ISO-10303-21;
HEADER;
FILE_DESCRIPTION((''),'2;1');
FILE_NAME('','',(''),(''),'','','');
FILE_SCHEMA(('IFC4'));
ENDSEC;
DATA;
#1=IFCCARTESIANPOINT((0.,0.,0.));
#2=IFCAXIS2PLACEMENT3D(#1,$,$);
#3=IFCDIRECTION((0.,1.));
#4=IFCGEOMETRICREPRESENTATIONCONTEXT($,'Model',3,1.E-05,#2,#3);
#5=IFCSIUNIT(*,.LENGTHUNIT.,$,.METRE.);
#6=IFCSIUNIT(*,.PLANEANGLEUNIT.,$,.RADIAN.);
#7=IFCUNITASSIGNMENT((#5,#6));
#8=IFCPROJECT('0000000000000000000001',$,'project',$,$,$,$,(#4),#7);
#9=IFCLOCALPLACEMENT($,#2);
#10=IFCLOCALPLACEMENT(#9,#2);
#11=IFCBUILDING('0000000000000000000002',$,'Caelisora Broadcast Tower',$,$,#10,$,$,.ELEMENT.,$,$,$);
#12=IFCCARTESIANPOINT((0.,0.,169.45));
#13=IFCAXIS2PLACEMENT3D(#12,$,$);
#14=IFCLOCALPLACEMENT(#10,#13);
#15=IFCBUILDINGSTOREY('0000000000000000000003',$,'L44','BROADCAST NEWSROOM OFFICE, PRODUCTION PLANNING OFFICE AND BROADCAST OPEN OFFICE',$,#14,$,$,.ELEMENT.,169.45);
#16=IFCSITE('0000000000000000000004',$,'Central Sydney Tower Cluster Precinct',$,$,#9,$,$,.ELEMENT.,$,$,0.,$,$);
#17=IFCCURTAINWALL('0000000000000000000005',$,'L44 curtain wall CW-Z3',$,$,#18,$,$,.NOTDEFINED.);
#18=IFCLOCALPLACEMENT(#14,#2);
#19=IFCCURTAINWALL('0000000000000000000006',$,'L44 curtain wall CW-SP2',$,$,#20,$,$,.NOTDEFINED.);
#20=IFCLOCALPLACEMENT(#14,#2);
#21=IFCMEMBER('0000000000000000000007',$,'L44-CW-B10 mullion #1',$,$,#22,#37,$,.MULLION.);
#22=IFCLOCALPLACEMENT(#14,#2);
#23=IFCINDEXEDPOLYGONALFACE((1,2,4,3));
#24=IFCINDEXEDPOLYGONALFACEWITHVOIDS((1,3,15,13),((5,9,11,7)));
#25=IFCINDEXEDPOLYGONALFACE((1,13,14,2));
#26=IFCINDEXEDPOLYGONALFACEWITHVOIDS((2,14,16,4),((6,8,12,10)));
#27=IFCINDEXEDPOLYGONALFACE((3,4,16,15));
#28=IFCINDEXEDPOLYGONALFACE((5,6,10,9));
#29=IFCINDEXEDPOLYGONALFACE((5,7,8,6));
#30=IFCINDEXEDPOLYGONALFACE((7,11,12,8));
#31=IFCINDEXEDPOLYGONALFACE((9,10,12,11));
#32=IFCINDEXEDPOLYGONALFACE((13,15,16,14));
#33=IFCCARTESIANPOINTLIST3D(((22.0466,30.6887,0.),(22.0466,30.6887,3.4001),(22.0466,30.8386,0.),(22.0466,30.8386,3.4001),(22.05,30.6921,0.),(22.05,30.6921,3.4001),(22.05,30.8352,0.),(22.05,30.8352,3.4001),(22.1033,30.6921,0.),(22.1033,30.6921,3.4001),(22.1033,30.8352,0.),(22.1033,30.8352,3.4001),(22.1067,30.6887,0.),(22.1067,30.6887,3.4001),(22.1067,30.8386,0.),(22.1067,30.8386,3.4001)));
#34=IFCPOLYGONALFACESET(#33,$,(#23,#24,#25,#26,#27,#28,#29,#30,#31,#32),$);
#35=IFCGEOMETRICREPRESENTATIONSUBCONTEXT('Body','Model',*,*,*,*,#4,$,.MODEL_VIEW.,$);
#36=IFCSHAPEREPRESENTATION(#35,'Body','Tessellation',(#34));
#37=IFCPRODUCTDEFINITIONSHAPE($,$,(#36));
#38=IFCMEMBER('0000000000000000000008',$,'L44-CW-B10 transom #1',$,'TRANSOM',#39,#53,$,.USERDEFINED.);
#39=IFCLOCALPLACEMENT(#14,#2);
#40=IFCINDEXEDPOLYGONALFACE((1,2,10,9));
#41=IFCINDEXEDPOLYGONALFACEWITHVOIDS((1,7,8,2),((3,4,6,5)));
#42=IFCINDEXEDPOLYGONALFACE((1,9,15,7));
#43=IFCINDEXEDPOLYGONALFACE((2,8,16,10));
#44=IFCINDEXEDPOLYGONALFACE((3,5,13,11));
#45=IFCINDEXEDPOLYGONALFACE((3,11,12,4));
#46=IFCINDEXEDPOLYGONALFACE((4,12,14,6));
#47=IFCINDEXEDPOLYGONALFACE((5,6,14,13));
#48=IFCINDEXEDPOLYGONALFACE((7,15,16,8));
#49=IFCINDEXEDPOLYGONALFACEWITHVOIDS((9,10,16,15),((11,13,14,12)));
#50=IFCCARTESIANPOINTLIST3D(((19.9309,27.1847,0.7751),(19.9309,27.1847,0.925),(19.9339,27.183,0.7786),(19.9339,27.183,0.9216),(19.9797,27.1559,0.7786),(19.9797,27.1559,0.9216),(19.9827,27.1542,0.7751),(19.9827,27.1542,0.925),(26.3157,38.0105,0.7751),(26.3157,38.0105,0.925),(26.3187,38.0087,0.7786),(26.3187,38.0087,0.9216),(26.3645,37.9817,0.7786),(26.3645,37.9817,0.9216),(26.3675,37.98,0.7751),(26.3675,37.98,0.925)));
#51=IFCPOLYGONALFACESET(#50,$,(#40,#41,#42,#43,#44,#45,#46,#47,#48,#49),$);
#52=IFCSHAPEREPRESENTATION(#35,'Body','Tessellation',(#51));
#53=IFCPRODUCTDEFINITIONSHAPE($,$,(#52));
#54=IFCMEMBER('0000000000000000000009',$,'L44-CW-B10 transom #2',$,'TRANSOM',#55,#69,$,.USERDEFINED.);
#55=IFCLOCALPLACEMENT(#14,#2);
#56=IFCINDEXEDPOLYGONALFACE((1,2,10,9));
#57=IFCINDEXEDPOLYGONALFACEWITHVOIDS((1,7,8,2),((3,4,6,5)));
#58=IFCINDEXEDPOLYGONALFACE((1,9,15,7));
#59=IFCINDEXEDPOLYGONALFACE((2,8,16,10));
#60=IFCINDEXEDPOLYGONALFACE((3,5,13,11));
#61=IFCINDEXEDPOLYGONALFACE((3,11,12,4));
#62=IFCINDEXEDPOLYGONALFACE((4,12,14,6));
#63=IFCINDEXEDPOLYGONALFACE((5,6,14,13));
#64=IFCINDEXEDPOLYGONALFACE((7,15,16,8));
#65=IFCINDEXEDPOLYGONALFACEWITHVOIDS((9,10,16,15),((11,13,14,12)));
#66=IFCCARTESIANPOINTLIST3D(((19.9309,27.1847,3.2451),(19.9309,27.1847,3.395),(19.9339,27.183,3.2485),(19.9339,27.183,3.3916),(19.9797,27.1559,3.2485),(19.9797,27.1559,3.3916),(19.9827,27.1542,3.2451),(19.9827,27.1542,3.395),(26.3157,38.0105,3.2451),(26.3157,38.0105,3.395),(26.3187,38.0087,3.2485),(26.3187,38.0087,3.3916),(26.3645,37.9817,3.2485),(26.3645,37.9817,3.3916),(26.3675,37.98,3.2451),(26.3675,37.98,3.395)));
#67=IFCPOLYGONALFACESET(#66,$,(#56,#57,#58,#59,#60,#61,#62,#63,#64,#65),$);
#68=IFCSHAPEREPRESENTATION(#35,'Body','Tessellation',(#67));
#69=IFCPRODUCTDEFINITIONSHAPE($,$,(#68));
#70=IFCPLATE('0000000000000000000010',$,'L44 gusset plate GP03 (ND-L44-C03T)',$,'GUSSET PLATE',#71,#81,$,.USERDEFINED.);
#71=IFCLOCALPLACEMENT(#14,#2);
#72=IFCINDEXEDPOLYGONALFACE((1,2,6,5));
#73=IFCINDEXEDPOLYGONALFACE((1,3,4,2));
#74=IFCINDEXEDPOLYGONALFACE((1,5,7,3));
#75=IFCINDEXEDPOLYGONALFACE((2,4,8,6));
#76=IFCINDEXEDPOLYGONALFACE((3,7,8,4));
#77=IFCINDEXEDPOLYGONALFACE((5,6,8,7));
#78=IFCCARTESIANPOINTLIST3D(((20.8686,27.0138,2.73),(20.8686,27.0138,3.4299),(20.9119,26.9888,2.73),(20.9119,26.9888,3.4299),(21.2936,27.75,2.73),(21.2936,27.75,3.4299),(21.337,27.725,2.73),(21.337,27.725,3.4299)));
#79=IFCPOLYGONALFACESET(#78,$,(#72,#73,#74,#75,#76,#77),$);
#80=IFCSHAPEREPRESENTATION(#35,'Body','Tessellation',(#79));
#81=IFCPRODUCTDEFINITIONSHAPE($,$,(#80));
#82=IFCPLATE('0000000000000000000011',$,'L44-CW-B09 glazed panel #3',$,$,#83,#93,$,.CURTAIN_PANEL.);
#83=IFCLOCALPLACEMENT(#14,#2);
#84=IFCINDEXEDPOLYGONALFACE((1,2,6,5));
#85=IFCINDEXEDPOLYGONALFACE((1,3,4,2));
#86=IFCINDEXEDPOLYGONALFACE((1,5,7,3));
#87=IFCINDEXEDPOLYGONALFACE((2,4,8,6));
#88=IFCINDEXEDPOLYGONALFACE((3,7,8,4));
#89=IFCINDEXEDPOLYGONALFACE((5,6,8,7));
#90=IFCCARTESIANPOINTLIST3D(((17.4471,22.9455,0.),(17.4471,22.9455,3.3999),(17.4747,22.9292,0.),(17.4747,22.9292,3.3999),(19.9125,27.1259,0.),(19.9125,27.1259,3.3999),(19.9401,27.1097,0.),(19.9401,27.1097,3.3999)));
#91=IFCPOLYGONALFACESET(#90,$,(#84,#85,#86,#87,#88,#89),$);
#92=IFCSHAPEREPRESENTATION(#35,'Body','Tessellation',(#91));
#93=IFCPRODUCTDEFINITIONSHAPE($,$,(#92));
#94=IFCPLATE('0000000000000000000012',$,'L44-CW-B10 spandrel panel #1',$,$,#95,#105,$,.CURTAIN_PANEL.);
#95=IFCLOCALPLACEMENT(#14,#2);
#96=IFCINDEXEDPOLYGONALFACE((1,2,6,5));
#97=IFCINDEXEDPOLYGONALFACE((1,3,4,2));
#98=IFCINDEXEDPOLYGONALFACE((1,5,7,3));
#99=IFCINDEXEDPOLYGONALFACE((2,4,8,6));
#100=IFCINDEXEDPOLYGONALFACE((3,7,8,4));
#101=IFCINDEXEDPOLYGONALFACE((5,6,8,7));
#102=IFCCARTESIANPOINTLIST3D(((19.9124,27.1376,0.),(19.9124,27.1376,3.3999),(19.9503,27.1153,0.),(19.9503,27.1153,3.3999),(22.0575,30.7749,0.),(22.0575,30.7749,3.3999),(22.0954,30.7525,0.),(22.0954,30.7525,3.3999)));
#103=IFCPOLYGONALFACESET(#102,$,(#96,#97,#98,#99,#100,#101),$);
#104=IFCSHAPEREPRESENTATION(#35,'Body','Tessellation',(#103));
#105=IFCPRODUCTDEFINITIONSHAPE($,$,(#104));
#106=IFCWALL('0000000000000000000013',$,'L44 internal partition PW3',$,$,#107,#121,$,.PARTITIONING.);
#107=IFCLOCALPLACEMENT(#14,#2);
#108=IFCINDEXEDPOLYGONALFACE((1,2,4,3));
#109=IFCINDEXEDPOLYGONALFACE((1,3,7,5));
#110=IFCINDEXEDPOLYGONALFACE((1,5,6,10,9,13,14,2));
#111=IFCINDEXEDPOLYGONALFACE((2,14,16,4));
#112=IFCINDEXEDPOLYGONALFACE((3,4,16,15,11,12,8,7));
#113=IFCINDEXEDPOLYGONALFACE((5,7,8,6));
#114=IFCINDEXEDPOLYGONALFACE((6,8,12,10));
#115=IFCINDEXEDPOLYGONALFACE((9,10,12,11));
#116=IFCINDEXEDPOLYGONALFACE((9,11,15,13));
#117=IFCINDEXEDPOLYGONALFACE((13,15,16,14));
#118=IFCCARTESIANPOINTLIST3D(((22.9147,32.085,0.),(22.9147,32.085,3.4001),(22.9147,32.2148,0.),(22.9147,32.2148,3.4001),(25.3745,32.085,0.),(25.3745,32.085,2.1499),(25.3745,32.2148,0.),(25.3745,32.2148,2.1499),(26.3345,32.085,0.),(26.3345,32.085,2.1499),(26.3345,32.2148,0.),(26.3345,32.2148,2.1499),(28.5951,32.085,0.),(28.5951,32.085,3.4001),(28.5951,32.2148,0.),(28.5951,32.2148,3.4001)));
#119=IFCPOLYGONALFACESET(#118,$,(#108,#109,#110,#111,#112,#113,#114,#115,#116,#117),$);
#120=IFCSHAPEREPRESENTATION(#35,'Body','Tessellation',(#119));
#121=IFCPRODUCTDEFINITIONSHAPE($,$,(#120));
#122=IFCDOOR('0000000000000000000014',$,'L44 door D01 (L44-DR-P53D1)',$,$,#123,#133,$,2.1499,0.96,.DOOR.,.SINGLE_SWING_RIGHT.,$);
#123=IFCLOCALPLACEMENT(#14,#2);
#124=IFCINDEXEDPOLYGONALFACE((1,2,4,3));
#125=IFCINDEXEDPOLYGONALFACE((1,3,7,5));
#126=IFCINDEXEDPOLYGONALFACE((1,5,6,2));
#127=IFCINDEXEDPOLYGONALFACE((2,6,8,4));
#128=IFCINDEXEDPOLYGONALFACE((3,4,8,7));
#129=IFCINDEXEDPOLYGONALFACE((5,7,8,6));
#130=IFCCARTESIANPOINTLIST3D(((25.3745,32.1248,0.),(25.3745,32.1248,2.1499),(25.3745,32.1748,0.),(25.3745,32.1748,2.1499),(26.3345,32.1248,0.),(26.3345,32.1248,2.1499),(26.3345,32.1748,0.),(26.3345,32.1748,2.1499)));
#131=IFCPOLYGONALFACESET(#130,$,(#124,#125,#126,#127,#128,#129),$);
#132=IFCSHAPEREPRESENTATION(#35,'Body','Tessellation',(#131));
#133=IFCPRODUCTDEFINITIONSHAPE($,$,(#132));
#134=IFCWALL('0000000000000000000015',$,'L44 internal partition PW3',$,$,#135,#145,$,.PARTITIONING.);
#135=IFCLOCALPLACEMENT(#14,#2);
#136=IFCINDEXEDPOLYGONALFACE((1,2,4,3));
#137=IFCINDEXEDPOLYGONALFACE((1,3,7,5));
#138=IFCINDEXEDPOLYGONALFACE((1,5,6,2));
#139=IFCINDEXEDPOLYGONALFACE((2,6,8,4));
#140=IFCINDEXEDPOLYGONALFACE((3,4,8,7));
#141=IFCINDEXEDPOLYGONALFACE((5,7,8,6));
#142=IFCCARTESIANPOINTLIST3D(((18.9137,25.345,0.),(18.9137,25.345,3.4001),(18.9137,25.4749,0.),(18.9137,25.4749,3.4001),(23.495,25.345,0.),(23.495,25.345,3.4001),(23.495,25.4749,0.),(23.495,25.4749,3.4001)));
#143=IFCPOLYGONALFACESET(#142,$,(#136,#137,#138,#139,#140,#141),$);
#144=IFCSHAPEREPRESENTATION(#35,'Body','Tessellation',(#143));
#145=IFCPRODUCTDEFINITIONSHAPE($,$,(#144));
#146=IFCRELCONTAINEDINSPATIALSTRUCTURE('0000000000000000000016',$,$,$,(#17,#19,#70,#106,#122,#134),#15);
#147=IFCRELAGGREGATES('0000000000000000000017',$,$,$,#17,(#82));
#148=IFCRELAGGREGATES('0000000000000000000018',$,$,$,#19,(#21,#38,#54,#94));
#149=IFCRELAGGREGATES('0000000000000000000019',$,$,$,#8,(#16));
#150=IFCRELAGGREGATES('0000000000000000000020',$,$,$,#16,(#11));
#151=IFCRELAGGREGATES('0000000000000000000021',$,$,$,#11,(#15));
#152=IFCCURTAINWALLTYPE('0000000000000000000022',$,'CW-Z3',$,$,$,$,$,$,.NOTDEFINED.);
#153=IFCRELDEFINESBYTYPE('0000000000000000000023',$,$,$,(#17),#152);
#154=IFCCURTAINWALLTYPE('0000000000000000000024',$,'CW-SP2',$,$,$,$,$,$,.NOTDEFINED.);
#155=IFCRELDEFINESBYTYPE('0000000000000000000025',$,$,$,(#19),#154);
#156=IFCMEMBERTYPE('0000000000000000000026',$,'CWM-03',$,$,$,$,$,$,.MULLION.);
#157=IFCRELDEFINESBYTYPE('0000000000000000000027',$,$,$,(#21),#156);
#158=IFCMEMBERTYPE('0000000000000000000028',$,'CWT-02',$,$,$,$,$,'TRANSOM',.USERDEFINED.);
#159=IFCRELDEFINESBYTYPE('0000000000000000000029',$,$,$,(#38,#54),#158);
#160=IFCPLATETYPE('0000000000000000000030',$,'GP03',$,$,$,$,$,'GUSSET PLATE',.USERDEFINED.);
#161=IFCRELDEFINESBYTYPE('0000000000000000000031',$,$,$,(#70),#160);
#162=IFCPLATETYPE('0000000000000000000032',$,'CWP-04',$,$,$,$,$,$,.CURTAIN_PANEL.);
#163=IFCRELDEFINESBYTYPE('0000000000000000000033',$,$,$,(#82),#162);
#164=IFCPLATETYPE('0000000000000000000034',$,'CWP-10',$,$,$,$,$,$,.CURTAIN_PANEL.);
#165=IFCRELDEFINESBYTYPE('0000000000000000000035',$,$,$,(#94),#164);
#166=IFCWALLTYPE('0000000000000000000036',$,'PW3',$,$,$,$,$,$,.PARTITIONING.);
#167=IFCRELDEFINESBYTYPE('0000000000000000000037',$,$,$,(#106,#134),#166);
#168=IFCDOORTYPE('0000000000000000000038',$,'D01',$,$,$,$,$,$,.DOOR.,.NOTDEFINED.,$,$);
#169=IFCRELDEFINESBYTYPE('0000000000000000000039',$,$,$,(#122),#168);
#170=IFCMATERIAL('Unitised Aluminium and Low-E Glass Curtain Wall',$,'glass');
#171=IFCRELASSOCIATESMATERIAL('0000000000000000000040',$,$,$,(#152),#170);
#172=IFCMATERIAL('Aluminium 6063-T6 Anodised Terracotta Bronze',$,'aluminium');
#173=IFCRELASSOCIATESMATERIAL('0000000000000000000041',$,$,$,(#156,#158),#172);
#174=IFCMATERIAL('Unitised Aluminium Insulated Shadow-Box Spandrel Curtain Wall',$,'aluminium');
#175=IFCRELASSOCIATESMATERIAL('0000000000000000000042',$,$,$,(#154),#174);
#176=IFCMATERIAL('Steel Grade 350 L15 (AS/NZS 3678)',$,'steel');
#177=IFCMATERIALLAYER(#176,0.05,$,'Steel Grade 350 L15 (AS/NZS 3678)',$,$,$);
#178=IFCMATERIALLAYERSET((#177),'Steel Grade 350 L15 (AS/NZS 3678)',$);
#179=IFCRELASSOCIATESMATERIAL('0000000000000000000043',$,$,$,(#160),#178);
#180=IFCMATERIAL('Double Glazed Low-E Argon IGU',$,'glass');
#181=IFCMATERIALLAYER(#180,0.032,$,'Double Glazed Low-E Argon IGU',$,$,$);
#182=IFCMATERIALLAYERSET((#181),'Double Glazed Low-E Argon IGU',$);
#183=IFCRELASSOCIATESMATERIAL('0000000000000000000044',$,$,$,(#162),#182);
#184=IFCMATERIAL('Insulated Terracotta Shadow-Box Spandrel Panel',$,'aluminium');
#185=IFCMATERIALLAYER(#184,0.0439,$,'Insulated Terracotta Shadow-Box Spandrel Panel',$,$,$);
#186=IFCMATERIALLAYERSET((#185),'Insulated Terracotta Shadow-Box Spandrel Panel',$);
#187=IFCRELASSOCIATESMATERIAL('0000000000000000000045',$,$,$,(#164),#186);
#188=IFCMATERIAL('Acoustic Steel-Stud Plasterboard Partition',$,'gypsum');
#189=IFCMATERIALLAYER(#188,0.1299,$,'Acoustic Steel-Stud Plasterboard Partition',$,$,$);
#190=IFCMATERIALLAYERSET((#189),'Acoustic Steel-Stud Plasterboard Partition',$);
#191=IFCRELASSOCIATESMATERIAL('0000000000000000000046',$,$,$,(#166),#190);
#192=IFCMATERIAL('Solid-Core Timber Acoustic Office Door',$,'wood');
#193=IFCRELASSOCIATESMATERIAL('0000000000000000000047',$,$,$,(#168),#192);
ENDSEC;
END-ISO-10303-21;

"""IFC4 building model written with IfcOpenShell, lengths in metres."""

from ifc_helpers import new_model, si_unit, direction, frame, frame_2d, origin, origin_2d, place, context, subcontext, project, spatial, rectangle, hollow_rectangle, extrude, source, transform, mapped, material, layer, layer_set, material_profile, profile_set, type_object, type_shapes, element, fill, aggregate, save


model = new_model("IFC4")

# Units and contexts
model_context = context("Model", 3, precision=1e-05, world=origin(), true_north=direction((0.0, 1.0)))
body_context = subcontext(model_context, "Body", "Model", "MODEL_VIEW")
ifc_project = project(units=[si_unit("LENGTHUNIT", "METRE"), si_unit("PLANEANGLEUNIT", "RADIAN")], contexts=[model_context])

# Site, building, storey
site_placement = place(None, origin())
site = spatial("IfcSite", under=ifc_project, at=site_placement, Name="Central Sydney Tower Cluster Precinct", CompositionType="ELEMENT", RefElevation=0.0)
building_placement = place(site_placement, origin())
building = spatial("IfcBuilding", under=site, at=building_placement, Name="Caelisora Broadcast Tower", CompositionType="ELEMENT")
storey_placement = place(building_placement, frame((0.0, 0.0, 169.45)))
storey = spatial("IfcBuildingStorey", under=building, at=storey_placement, Name="L44", Description="BROADCAST NEWSROOM OFFICE, PRODUCTION PLANNING OFFICE AND BROADCAST OPEN OFFICE", CompositionType="ELEMENT", Elevation=169.45)

# Shared definitions
ifc_material_1 = material(Name="Steel Grade 350 L15 (AS/NZS 3678)", Category="steel")

# Curtain wall
ifc_material_2 = material(Name="Unitised Aluminium and Low-E Glass Curtain Wall", Category="glass")
curtain_wall_type_1 = type_object("IfcCurtainWallType", Name="CW-Z3", PredefinedType="NOTDEFINED", material=ifc_material_2)
curtain_wall_1_placement = place(storey_placement, origin())
curtain_wall_1 = element("IfcCurtainWall", 1, at=curtain_wall_1_placement, inside=storey, type_object=curtain_wall_type_1, Name="L44 curtain wall CW-Z3", PredefinedType="NOTDEFINED")
ifc_material_3 = material(Name="Aluminium 6063-T6 Anodised Terracotta Bronze", Category="aluminium")
ifc_material_profile_1 = material_profile(ifc_material_3, hollow_rectangle(XDim=0.0601, YDim=0.1499, WallThickness=0.0034, at=origin_2d()), Name="Aluminium 6063-T6 Anodised Terracotta Bronze")
ifc_profile_set_1 = profile_set([ifc_material_profile_1], Name="Aluminium 6063-T6 Anodised Terracotta Bronze")
member_type_1 = type_object("IfcMemberType", Name="CWM-03", PredefinedType="MULLION", material=ifc_profile_set_1)
shared_shape_1 = source(origin(), body_context, "Body", "SweptSolid", [
    extrude(hollow_rectangle(XDim=0.0601, YDim=0.1499, WallThickness=0.0034, at=origin_2d()), origin(), (0.0, 0.0, 1.0), 3.4001),
])
type_shapes(member_type_1, [shared_shape_1])

# Curtain wall, members
ifc_material_4 = material(Name="Unitised Aluminium Insulated Shadow-Box Spandrel Curtain Wall", Category="aluminium")
curtain_wall_type_2 = type_object("IfcCurtainWallType", Name="CW-SP2", PredefinedType="NOTDEFINED", material=ifc_material_4)
curtain_wall_2_placement = place(storey_placement, origin())
curtain_wall_2 = element("IfcCurtainWall", 2, at=curtain_wall_2_placement, inside=storey, type_object=curtain_wall_type_2, Name="L44 curtain wall CW-SP2", PredefinedType="NOTDEFINED")
member_1_placement = place(storey_placement, frame((22.0767, 30.7637, 0.0), z_axis=(0.0, 0.0, 1.0), x_axis=(1.0, 0.0, 0.0)))
member_1 = element("IfcMember", 3, at=member_1_placement, type_object=member_type_1, Name="L44-CW-B10 mullion #1", PredefinedType="MULLION", context=body_context, shape_type="MappedRepresentation", body=[
    mapped(shared_shape_1, transform((0.0, 0.0, 0.0), scale=1.0)),
])
ifc_material_profile_2 = material_profile(ifc_material_3, hollow_rectangle(XDim=0.0601, YDim=0.1499, WallThickness=0.0034, at=origin_2d()), Name="Aluminium 6063-T6 Anodised Terracotta Bronze")
ifc_profile_set_2 = profile_set([ifc_material_profile_2], Name="Aluminium 6063-T6 Anodised Terracotta Bronze")
member_type_2 = type_object("IfcMemberType", Name="CWT-02", ElementType="TRANSOM", PredefinedType="USERDEFINED", material=ifc_profile_set_2)
shared_shape_2 = source(origin(), body_context, "Body", "SweptSolid", [
    extrude(hollow_rectangle(XDim=0.0601, YDim=0.1499, WallThickness=0.0034, at=origin_2d()), origin(), (0.0, 0.0, 1.0), 12.5684),
])
type_shapes(member_type_2, [shared_shape_2])
member_2_placement = place(storey_placement, frame((19.9568, 27.1694, 0.8501), z_axis=(0.508008, 0.861352, 0.0), x_axis=(-0.861352, 0.508008, 0.0)))
member_2 = element("IfcMember", 4, at=member_2_placement, type_object=member_type_2, Name="L44-CW-B10 transom #1", ObjectType="TRANSOM", PredefinedType="USERDEFINED", context=body_context, shape_type="MappedRepresentation", body=[
    mapped(shared_shape_2, transform((0.0, 0.0, 0.0), scale=1.0)),
])
member_3_placement = place(storey_placement, frame((19.9568, 27.1694, 3.3201), z_axis=(0.508008, 0.861352, 0.0), x_axis=(-0.861352, 0.508008, 0.0)))
member_3 = element("IfcMember", 5, at=member_3_placement, type_object=member_type_2, Name="L44-CW-B10 transom #2", ObjectType="TRANSOM", PredefinedType="USERDEFINED", context=body_context, shape_type="MappedRepresentation", body=[
    mapped(shared_shape_2, transform((0.0, 0.0, 0.0), scale=1.0)),
])

# Plates
ifc_layer_1 = layer(ifc_material_1, 0.05, Name="Steel Grade 350 L15 (AS/NZS 3678)")
ifc_layer_set_1 = layer_set([ifc_layer_1], Name="Steel Grade 350 L15 (AS/NZS 3678)")
plate_type_1 = type_object("IfcPlateType", Name="GP03", ElementType="GUSSET PLATE", PredefinedType="USERDEFINED", material=ifc_layer_set_1)
shared_shape_3 = source(origin(), body_context, "Body", "SweptSolid", [
    extrude(rectangle(XDim=0.8501, YDim=0.05, at=origin_2d()), origin(), (0.0, 0.0, 1.0), 0.7),
])
type_shapes(plate_type_1, [shared_shape_3])
plate_1_placement = place(storey_placement, frame((21.1028, 27.3694, 2.73), z_axis=(0.0, 0.0, 1.0), x_axis=(-0.5, -0.866025, 0.0)))
element("IfcPlate", 6, at=plate_1_placement, inside=storey, type_object=plate_type_1, Name="L44 gusset plate GP03 (ND-L44-C03T)", ObjectType="GUSSET PLATE", PredefinedType="USERDEFINED", context=body_context, shape_type="MappedRepresentation", body=[
    mapped(shared_shape_3, transform((0.0, 0.0, 0.0), scale=1.0)),
])
ifc_material_5 = material(Name="Double Glazed Low-E Argon IGU", Category="glass")
ifc_layer_2 = layer(ifc_material_5, 0.032, Name="Double Glazed Low-E Argon IGU")
ifc_layer_set_2 = layer_set([ifc_layer_2], Name="Double Glazed Low-E Argon IGU")
plate_type_2 = type_object("IfcPlateType", Name="CWP-04", PredefinedType="CURTAIN_PANEL", material=ifc_layer_set_2)
shared_shape_4 = source(origin(), body_context, "Body", "SweptSolid", [
    extrude(rectangle(XDim=4.8533, YDim=0.032, at=origin_2d()), origin(), (0.0, 0.0, 1.0), 3.3999),
])
type_shapes(plate_type_2, [shared_shape_4])
plate_2_placement = place(storey_placement, frame((18.6936, 25.0276, 0.0), z_axis=(0.0, 0.0, 1.0), x_axis=(0.507989, 0.861363, 0.0)))
plate_2 = element("IfcPlate", 7, at=plate_2_placement, type_object=plate_type_2, Name="L44-CW-B09 glazed panel #3", PredefinedType="CURTAIN_PANEL", context=body_context, shape_type="MappedRepresentation", body=[
    mapped(shared_shape_4, transform((0.0, 0.0, 0.0), scale=1.0)),
])
aggregate(curtain_wall_1, [plate_2])
ifc_material_6 = material(Name="Insulated Terracotta Shadow-Box Spandrel Panel", Category="aluminium")
ifc_layer_3 = layer(ifc_material_6, 0.0439, Name="Insulated Terracotta Shadow-Box Spandrel Panel")
ifc_layer_set_3 = layer_set([ifc_layer_3], Name="Insulated Terracotta Shadow-Box Spandrel Panel")
plate_type_3 = type_object("IfcPlateType", Name="CWP-10", PredefinedType="CURTAIN_PANEL", material=ifc_layer_set_3)
shared_shape_5 = source(origin(), body_context, "Body", "SweptSolid", [
    extrude(rectangle(XDim=4.2227, YDim=0.0439, at=origin_2d()), origin(), (0.0, 0.0, 1.0), 3.3999),
])
type_shapes(plate_type_3, [shared_shape_5])
plate_3_placement = place(storey_placement, frame((21.0039, 28.9451, 0.0), z_axis=(0.0, 0.0, 1.0), x_axis=(0.507989, 0.861363, 0.0)))
plate_3 = element("IfcPlate", 8, at=plate_3_placement, type_object=plate_type_3, Name="L44-CW-B10 spandrel panel #1", PredefinedType="CURTAIN_PANEL", context=body_context, shape_type="MappedRepresentation", body=[
    mapped(shared_shape_5, transform((0.0, 0.0, 0.0), scale=1.0)),
])
aggregate(curtain_wall_2, [member_1, member_2, member_3, plate_3])

# Wall, opening, door
ifc_material_7 = material(Name="Acoustic Steel-Stud Plasterboard Partition", Category="gypsum")
ifc_layer_4 = layer(ifc_material_7, 0.1299, Name="Acoustic Steel-Stud Plasterboard Partition")
ifc_layer_set_4 = layer_set([ifc_layer_4], Name="Acoustic Steel-Stud Plasterboard Partition")
wall_type = type_object("IfcWallType", Name="PW3", PredefinedType="PARTITIONING", material=ifc_layer_set_4)
wall_1_placement = place(storey_placement, frame((22.9146, 32.1499, 0.0), z_axis=(0.0, 0.0, 1.0), x_axis=(1.0, 0.0, 0.0)))
wall_1 = element("IfcWall", 9, at=wall_1_placement, inside=storey, type_object=wall_type, Name="L44 internal partition PW3", PredefinedType="PARTITIONING", context=body_context, shape_type="SweptSolid", body=[
    extrude(rectangle(XDim=5.6804, YDim=0.1299, at=frame_2d((2.8403, 0.0))), origin(), (0.0, 0.0, 1.0), 3.4001),
])
opening_1_placement = place(wall_1_placement, frame((2.46, 0.0, 0.0)))
opening_1 = element("IfcOpeningElement", 10, at=opening_1_placement, cuts=wall_1, PredefinedType="OPENING", context=body_context, shape_type="SweptSolid", body=[
    extrude(rectangle(XDim=0.96, YDim=2.1499, at=frame_2d((0.48, 1.075))), frame((0.0, 0.0769, 0.0), z_axis=(0.0, -1.0, 0.0), x_axis=(1.0, 0.0, 0.0)), (0.0, 0.0, 1.0), 0.1538),
])
ifc_material_8 = material(Name="Solid-Core Timber Acoustic Office Door", Category="wood")
door_type = type_object("IfcDoorType", Name="D01", OperationType="NOTDEFINED", PredefinedType="DOOR", material=ifc_material_8)
door_1_placement = place(opening_1_placement, origin())
door_1 = element("IfcDoor", 11, at=door_1_placement, inside=storey, type_object=door_type, Name="L44 door D01 (L44-DR-P53D1)", OperationType="SINGLE_SWING_RIGHT", OverallHeight=2.1499, OverallWidth=0.96, PredefinedType="DOOR", context=body_context, shape_type="SweptSolid", body=[
    extrude(rectangle(XDim=0.96, YDim=2.1499, at=frame_2d((0.48, 1.075))), frame((0.0, 0.0249, 0.0), z_axis=(0.0, -1.0, 0.0), x_axis=(1.0, 0.0, 0.0)), (0.0, 0.0, 1.0), 0.05),
])
fill(opening_1, door_1)

# Wall
wall_2_placement = place(storey_placement, frame((18.9138, 25.4099, 0.0), z_axis=(0.0, 0.0, 1.0), x_axis=(1.0, 0.0, 0.0)))
element("IfcWall", 12, at=wall_2_placement, inside=storey, type_object=wall_type, Name="L44 internal partition PW3", PredefinedType="PARTITIONING", context=body_context, shape_type="SweptSolid", body=[
    extrude(rectangle(XDim=4.5813, YDim=0.1299, at=frame_2d((2.2905, 0.0))), origin(), (0.0, 0.0, 1.0), 3.4001),
])

save(model, "model.ifc")
